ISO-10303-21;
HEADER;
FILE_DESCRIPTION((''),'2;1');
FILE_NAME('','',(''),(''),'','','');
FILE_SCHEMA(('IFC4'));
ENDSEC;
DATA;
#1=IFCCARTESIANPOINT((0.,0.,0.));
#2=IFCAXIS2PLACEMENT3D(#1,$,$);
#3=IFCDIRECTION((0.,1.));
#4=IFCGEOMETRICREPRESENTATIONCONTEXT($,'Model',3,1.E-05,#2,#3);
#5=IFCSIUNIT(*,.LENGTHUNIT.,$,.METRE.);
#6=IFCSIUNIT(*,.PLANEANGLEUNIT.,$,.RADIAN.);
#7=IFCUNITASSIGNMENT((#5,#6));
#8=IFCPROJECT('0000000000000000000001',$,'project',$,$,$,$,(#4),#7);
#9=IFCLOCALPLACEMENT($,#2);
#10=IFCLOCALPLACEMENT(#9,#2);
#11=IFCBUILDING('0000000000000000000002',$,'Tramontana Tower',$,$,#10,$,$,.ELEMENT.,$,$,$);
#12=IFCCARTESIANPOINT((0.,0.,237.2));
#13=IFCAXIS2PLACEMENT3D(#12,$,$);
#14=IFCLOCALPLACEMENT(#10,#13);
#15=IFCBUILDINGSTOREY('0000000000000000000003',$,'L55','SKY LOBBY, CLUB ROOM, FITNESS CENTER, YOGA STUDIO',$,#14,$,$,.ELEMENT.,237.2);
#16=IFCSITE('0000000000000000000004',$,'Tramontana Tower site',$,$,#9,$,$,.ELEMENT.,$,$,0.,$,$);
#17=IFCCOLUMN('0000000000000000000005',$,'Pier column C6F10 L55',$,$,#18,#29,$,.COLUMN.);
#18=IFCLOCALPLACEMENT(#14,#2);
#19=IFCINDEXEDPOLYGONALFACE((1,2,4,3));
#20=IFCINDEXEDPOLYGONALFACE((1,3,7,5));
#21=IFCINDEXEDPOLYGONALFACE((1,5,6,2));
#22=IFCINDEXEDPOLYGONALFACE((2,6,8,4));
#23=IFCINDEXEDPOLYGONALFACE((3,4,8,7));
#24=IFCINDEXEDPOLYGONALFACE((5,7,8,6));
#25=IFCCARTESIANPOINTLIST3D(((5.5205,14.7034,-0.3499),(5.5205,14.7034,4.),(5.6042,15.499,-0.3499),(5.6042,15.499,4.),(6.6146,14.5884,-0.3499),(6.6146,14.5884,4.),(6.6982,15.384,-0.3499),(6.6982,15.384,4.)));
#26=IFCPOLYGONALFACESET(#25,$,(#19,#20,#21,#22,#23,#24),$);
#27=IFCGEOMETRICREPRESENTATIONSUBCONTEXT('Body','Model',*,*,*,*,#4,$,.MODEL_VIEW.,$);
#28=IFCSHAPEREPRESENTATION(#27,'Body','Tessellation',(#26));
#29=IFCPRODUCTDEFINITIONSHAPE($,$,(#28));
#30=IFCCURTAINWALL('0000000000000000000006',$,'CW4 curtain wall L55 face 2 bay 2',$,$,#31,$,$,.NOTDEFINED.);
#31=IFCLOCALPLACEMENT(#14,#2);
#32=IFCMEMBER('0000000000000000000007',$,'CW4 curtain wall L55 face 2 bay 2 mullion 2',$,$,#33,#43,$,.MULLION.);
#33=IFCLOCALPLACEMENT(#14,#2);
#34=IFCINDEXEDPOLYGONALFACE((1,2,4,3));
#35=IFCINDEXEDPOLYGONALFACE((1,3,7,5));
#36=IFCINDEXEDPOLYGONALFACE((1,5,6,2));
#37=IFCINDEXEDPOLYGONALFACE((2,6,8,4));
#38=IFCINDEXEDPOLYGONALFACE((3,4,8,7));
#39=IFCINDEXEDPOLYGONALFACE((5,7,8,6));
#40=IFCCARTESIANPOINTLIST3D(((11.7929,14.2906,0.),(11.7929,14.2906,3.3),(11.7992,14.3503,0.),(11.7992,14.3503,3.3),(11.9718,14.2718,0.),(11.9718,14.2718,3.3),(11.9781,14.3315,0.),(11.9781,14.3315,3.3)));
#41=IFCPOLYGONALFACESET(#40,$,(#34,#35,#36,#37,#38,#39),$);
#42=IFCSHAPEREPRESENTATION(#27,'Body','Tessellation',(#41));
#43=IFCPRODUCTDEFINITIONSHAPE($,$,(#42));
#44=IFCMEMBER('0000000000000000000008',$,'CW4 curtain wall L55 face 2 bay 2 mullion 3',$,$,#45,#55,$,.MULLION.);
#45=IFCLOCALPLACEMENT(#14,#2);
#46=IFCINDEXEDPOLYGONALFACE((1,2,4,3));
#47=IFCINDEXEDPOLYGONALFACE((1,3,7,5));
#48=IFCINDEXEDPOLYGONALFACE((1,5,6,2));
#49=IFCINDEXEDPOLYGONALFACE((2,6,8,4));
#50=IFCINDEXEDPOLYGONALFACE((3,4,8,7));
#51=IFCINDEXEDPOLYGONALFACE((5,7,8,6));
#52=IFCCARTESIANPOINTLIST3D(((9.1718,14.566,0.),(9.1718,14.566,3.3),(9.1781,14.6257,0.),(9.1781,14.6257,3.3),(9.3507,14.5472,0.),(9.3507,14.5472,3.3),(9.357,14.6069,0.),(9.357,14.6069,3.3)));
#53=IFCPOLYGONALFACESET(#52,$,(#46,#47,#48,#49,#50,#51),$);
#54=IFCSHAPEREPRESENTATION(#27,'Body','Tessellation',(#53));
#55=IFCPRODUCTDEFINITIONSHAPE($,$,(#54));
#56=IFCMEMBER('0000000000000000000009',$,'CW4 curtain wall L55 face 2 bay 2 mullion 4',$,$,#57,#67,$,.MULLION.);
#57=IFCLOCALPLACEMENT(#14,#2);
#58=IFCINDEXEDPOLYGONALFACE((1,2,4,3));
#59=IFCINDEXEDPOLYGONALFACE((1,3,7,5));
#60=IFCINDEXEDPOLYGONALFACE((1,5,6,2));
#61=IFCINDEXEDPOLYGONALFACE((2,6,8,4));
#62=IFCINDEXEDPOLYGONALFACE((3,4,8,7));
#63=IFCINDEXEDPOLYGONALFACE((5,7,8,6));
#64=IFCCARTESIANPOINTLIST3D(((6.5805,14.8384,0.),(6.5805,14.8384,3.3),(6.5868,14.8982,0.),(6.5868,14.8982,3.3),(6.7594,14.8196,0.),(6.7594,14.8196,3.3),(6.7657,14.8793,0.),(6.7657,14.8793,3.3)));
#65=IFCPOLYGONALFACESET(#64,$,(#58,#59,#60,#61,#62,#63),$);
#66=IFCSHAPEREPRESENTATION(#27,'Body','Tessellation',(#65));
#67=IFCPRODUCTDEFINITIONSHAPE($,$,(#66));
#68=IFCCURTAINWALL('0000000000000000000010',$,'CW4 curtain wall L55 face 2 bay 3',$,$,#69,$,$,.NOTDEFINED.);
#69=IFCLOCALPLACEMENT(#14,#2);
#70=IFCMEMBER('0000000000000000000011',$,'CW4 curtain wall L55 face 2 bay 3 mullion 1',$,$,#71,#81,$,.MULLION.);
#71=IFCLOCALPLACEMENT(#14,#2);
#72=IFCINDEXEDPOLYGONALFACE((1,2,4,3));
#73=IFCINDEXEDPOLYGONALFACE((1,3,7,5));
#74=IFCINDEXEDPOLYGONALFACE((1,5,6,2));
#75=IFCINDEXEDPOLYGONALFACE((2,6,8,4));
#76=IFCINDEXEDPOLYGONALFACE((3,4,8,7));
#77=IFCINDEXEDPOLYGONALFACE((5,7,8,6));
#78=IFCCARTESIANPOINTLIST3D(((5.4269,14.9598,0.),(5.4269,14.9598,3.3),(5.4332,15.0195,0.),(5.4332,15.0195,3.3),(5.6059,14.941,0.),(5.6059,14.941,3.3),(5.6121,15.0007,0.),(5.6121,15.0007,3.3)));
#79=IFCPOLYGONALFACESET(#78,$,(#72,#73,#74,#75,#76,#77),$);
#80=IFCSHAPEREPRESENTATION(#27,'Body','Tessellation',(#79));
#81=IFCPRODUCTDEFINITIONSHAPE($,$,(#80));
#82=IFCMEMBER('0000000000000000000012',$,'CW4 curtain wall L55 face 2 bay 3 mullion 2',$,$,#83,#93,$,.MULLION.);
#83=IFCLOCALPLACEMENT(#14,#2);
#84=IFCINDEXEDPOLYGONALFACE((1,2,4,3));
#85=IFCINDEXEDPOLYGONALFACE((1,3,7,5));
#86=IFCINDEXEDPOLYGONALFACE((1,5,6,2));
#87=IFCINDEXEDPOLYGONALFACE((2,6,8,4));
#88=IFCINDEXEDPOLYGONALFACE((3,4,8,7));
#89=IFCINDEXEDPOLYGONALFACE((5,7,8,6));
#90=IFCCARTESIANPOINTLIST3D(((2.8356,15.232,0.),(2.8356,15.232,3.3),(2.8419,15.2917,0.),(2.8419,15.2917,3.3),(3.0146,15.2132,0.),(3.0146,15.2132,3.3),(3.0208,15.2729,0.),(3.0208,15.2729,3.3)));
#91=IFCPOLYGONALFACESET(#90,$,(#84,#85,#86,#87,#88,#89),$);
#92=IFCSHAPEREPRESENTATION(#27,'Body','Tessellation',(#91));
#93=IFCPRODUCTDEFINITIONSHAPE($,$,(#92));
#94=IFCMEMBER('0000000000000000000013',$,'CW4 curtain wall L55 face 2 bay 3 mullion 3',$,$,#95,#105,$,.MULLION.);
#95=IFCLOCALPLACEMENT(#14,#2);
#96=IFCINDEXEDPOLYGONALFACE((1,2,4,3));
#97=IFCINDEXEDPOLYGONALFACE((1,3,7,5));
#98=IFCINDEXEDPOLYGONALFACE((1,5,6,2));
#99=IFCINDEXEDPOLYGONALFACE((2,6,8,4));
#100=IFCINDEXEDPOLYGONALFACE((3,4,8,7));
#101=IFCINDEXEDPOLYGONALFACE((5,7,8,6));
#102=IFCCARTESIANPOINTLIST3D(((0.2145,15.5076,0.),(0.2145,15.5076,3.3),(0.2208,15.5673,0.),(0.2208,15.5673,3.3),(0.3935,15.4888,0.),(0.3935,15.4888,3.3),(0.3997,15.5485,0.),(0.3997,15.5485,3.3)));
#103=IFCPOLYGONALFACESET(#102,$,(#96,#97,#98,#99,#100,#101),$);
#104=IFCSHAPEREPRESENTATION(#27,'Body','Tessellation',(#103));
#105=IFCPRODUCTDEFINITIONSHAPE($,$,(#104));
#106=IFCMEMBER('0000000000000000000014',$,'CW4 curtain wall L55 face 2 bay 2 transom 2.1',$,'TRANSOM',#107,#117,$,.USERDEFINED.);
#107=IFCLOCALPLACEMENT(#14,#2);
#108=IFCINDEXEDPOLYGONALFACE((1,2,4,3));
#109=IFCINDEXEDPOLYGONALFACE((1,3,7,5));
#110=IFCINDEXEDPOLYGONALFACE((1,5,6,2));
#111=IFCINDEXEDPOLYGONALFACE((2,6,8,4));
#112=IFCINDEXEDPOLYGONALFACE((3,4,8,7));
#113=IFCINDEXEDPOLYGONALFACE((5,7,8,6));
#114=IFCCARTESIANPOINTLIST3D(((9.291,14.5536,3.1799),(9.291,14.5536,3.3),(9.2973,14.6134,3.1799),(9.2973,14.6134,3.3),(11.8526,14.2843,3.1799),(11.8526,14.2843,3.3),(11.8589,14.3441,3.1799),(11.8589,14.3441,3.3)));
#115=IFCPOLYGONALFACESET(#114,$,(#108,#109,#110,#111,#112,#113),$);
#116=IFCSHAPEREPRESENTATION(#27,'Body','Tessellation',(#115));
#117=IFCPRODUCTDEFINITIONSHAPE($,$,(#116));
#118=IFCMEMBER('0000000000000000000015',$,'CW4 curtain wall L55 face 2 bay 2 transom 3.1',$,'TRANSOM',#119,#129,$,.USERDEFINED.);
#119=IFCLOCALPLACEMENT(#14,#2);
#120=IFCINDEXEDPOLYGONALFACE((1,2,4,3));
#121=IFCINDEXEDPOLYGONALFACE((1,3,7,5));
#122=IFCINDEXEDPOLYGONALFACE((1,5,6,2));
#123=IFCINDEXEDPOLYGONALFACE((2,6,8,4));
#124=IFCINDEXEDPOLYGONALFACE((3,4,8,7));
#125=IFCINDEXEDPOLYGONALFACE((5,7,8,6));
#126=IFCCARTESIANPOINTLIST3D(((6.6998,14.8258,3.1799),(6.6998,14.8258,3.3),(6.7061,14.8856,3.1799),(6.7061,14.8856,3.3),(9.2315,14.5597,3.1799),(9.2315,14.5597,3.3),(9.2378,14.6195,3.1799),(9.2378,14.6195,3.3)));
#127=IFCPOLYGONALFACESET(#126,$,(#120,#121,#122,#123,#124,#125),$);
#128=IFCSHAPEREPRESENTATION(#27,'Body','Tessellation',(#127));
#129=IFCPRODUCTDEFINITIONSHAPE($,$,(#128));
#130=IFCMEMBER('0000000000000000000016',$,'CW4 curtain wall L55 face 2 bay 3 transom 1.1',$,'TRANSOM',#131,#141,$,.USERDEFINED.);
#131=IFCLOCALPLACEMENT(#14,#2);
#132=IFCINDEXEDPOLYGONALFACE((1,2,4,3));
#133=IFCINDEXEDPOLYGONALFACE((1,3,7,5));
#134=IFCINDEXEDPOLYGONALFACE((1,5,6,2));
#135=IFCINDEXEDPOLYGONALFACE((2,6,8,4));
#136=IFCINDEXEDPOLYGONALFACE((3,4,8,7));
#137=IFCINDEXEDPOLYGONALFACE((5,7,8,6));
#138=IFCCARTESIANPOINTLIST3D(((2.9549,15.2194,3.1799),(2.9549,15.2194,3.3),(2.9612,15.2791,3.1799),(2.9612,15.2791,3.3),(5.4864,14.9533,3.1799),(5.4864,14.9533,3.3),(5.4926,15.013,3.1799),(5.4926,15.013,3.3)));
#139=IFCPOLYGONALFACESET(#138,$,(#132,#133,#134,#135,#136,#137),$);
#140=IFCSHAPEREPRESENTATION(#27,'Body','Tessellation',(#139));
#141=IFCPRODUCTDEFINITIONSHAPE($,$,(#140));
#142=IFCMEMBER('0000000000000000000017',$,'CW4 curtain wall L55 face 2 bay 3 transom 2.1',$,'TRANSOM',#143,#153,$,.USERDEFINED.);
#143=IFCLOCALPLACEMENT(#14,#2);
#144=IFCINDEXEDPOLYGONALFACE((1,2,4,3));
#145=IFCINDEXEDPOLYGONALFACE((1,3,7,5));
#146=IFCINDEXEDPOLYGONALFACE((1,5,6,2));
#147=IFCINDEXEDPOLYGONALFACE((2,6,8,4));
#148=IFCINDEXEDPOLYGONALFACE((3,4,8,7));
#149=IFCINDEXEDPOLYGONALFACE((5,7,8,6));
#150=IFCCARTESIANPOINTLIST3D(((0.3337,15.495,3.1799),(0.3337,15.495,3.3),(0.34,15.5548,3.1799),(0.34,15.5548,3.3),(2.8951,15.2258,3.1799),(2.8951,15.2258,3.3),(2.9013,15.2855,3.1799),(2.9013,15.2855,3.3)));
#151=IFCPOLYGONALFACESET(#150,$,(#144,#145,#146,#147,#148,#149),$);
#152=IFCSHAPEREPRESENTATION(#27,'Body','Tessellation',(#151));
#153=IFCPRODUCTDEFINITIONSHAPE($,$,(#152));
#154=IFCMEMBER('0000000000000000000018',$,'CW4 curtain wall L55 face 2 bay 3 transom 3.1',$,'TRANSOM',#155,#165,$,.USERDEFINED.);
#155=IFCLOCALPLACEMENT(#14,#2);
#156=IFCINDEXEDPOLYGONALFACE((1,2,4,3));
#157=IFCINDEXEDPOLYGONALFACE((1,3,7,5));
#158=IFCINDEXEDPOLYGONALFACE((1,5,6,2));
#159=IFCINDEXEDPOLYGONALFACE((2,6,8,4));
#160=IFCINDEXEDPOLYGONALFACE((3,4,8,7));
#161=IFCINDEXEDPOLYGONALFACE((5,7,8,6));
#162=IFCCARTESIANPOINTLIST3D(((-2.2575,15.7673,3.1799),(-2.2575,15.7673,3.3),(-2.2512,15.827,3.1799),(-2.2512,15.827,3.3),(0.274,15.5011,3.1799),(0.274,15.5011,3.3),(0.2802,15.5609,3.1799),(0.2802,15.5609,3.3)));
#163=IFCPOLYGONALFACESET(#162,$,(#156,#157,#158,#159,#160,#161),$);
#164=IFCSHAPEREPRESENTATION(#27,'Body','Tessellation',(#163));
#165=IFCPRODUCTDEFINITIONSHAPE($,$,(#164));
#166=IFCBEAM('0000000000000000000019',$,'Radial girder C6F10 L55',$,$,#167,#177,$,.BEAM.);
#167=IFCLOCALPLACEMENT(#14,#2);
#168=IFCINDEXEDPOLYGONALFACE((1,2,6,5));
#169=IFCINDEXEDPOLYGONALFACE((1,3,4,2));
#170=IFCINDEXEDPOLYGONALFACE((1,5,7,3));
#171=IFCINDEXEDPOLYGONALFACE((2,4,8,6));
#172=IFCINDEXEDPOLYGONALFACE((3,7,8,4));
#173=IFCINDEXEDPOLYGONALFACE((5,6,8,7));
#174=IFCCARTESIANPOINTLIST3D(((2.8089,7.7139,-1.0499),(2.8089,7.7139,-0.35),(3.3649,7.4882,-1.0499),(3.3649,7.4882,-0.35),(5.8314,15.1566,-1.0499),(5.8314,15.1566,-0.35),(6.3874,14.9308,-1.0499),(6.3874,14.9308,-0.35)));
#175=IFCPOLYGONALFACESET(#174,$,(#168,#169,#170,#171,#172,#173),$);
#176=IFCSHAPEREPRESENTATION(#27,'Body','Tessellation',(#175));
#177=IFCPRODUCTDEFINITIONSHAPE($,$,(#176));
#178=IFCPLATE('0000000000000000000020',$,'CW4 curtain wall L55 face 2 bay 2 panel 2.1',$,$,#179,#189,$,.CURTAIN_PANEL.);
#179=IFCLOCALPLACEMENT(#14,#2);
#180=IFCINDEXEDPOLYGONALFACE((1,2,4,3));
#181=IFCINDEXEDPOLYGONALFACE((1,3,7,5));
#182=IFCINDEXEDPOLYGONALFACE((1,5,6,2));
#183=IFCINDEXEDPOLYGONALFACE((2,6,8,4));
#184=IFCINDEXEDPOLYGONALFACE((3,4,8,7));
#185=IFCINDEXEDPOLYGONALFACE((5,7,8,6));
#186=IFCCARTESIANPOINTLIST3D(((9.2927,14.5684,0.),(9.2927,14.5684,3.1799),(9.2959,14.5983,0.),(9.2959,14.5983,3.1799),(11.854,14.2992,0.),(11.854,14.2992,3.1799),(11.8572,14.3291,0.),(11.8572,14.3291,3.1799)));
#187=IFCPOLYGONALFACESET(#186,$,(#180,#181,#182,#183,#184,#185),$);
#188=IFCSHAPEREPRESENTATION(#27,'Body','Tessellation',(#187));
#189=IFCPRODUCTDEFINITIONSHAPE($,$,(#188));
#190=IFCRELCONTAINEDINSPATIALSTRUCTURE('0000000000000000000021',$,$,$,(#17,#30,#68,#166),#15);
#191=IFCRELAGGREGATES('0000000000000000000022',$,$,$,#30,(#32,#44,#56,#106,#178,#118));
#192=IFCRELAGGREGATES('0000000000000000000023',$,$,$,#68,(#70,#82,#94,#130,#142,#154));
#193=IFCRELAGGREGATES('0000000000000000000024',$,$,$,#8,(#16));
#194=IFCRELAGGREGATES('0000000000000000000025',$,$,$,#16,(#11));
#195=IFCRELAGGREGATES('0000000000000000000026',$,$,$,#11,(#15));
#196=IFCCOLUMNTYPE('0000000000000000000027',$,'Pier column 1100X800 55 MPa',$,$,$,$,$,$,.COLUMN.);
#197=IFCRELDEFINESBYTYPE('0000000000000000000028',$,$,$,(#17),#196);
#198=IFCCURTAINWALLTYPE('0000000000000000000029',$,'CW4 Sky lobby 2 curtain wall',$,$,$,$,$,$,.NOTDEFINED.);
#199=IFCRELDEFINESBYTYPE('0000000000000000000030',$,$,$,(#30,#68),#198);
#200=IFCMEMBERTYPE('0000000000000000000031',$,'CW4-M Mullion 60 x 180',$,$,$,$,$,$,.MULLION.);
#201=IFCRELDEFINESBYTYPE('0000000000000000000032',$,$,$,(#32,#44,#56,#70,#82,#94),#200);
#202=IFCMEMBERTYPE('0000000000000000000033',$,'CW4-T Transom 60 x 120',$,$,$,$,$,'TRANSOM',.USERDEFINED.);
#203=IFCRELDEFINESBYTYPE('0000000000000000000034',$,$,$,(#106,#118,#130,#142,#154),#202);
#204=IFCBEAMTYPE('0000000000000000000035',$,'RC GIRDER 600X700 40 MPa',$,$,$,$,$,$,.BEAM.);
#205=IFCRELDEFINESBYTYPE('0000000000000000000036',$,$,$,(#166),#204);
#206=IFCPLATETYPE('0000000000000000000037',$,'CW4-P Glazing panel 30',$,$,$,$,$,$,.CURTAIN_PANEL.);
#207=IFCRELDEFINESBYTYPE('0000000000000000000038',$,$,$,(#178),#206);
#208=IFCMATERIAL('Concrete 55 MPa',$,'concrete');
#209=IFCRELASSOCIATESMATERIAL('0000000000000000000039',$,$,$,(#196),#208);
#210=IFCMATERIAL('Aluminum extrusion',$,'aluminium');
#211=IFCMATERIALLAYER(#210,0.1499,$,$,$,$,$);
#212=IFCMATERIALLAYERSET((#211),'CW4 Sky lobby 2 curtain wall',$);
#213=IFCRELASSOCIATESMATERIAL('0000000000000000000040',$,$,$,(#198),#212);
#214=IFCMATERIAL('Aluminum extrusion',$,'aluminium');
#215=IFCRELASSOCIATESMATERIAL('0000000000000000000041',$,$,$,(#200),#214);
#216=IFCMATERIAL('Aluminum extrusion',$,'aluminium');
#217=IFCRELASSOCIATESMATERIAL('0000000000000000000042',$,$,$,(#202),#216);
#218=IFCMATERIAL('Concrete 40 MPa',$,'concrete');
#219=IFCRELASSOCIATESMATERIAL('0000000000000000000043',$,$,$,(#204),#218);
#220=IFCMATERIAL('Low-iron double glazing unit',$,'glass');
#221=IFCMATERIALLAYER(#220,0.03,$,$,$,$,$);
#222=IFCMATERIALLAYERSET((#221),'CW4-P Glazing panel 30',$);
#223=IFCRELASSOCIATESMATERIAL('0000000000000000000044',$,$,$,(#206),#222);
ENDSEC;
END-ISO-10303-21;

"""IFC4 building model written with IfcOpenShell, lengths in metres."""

from ifc_helpers import new_model, si_unit, direction, frame, origin, origin_2d, place, context, subcontext, project, spatial, rectangle, extrude, material, layer, layer_set, material_profile, profile_set, type_object, element, aggregate, save


model = new_model("IFC4")

# Units and contexts
model_context = context("Model", 3, precision=1e-05, world=origin(), true_north=direction((0.0, 1.0)))
body_context = subcontext(model_context, "Body", "Model", "MODEL_VIEW")
ifc_project = project(units=[si_unit("LENGTHUNIT", "METRE"), si_unit("PLANEANGLEUNIT", "RADIAN")], contexts=[model_context])

# Site, building, storey
site_placement = place(None, origin())
site = spatial("IfcSite", under=ifc_project, at=site_placement, Name="Tramontana Tower site", CompositionType="ELEMENT", RefElevation=0.0)
building_placement = place(site_placement, origin())
building = spatial("IfcBuilding", under=site, at=building_placement, Name="Tramontana Tower", CompositionType="ELEMENT")
storey_placement = place(building_placement, frame((0.0, 0.0, 237.2)))
storey = spatial("IfcBuildingStorey", under=building, at=storey_placement, Name="L55", Description="SKY LOBBY, CLUB ROOM, FITNESS CENTER, YOGA STUDIO", CompositionType="ELEMENT", Elevation=237.2)

# Column
ifc_material_1 = material(Name="Concrete 55 MPa", Category="concrete")
ifc_material_profile_1 = material_profile(ifc_material_1, rectangle(XDim=1.1001, YDim=0.8, at=origin_2d()), Name="Pier column 1100X800 55 MPa")
ifc_profile_set_1 = profile_set([ifc_material_profile_1], Name="Concrete 55 MPa")
column_type = type_object("IfcColumnType", Name="Pier column 1100X800 55 MPa", PredefinedType="COLUMN", material=ifc_profile_set_1)
column_placement = place(storey_placement, frame((6.1094, 15.0437, -0.3499), z_axis=(0.0, 0.0, 1.0), x_axis=(-0.994522, 0.104528, 0.0)))
element("IfcColumn", 1, at=column_placement, inside=storey, type_object=column_type, Name="Pier column C6F10 L55", PredefinedType="COLUMN", context=body_context, shape_type="SweptSolid", body=[
    extrude(rectangle(XDim=1.1001, YDim=0.8, at=origin_2d()), origin(), (0.0, 0.0, 1.0), 4.3499),
])

# Curtain walls, members
ifc_material_2 = material(Name="Aluminum extrusion", Category="aluminium")
ifc_layer_1 = layer(ifc_material_2, 0.1499)
ifc_layer_set_1 = layer_set([ifc_layer_1], Name="CW4 Sky lobby 2 curtain wall")
curtain_wall_type = type_object("IfcCurtainWallType", Name="CW4 Sky lobby 2 curtain wall", PredefinedType="NOTDEFINED", material=ifc_layer_set_1)
curtain_wall_1_placement = place(storey_placement, origin())
curtain_wall_1 = element("IfcCurtainWall", 2, at=curtain_wall_1_placement, inside=storey, type_object=curtain_wall_type, Name="CW4 curtain wall L55 face 2 bay 2", PredefinedType="NOTDEFINED")
ifc_material_3 = material(Name="Aluminum extrusion", Category="aluminium")
ifc_material_profile_2 = material_profile(ifc_material_3, rectangle(XDim=0.0601, YDim=0.1799, at=origin_2d()), Name="CW4-M Mullion 60 x 180")
ifc_profile_set_2 = profile_set([ifc_material_profile_2], Name="Aluminum extrusion")
member_type_1 = type_object("IfcMemberType", Name="CW4-M Mullion 60 x 180", PredefinedType="MULLION", material=ifc_profile_set_2)
member_1_placement = place(storey_placement, frame((11.8855, 14.311, 0.0), z_axis=(0.0, 0.0, 1.0), x_axis=(-0.104528, -0.994522, 0.0)))
member_1 = element("IfcMember", 3, at=member_1_placement, type_object=member_type_1, Name="CW4 curtain wall L55 face 2 bay 2 mullion 2", PredefinedType="MULLION", context=body_context, shape_type="SweptSolid", body=[
    extrude(rectangle(XDim=0.0601, YDim=0.1799, at=origin_2d()), origin(), (0.0, 0.0, 1.0), 3.3),
])
member_2_placement = place(storey_placement, frame((9.2644, 14.5864, 0.0), z_axis=(0.0, 0.0, 1.0), x_axis=(-0.104528, -0.994522, 0.0)))
member_2 = element("IfcMember", 4, at=member_2_placement, type_object=member_type_1, Name="CW4 curtain wall L55 face 2 bay 2 mullion 3", PredefinedType="MULLION", context=body_context, shape_type="SweptSolid", body=[
    extrude(rectangle(XDim=0.0601, YDim=0.1799, at=origin_2d()), origin(), (0.0, 0.0, 1.0), 3.3),
])
member_3_placement = place(storey_placement, frame((6.6731, 14.8589, 0.0), z_axis=(0.0, 0.0, 1.0), x_axis=(-0.104528, -0.994522, 0.0)))
member_3 = element("IfcMember", 5, at=member_3_placement, type_object=member_type_1, Name="CW4 curtain wall L55 face 2 bay 2 mullion 4", PredefinedType="MULLION", context=body_context, shape_type="SweptSolid", body=[
    extrude(rectangle(XDim=0.0601, YDim=0.1799, at=origin_2d()), origin(), (0.0, 0.0, 1.0), 3.3),
])
curtain_wall_2_placement = place(storey_placement, origin())
curtain_wall_2 = element("IfcCurtainWall", 6, at=curtain_wall_2_placement, inside=storey, type_object=curtain_wall_type, Name="CW4 curtain wall L55 face 2 bay 3", PredefinedType="NOTDEFINED")
member_4_placement = place(storey_placement, frame((5.5195, 14.9802, 0.0), z_axis=(0.0, 0.0, 1.0), x_axis=(-0.104528, -0.994522, 0.0)))
member_4 = element("IfcMember", 7, at=member_4_placement, type_object=member_type_1, Name="CW4 curtain wall L55 face 2 bay 3 mullion 1", PredefinedType="MULLION", context=body_context, shape_type="SweptSolid", body=[
    extrude(rectangle(XDim=0.0601, YDim=0.1799, at=origin_2d()), origin(), (0.0, 0.0, 1.0), 3.3),
])
member_5_placement = place(storey_placement, frame((2.9282, 15.2524, 0.0), z_axis=(0.0, 0.0, 1.0), x_axis=(-0.104528, -0.994522, 0.0)))
member_5 = element("IfcMember", 8, at=member_5_placement, type_object=member_type_1, Name="CW4 curtain wall L55 face 2 bay 3 mullion 2", PredefinedType="MULLION", context=body_context, shape_type="SweptSolid", body=[
    extrude(rectangle(XDim=0.0601, YDim=0.1799, at=origin_2d()), origin(), (0.0, 0.0, 1.0), 3.3),
])
member_6_placement = place(storey_placement, frame((0.3071, 15.5281, 0.0), z_axis=(0.0, 0.0, 1.0), x_axis=(-0.104528, -0.994522, 0.0)))
member_6 = element("IfcMember", 9, at=member_6_placement, type_object=member_type_1, Name="CW4 curtain wall L55 face 2 bay 3 mullion 3", PredefinedType="MULLION", context=body_context, shape_type="SweptSolid", body=[
    extrude(rectangle(XDim=0.0601, YDim=0.1799, at=origin_2d()), origin(), (0.0, 0.0, 1.0), 3.3),
])

# Members
ifc_material_4 = material(Name="Aluminum extrusion", Category="aluminium")
ifc_material_profile_3 = material_profile(ifc_material_4, rectangle(XDim=0.0601, YDim=0.1201, at=origin_2d()), Name="CW4-T Transom 60 x 120")
ifc_profile_set_3 = profile_set([ifc_material_profile_3], Name="Aluminum extrusion")
member_type_2 = type_object("IfcMemberType", Name="CW4-T Transom 60 x 120", ElementType="TRANSOM", PredefinedType="USERDEFINED", material=ifc_profile_set_3)
member_7_placement = place(storey_placement, frame((11.8557, 14.3142, 3.24), z_axis=(-0.994519, 0.104552, 0.0), x_axis=(-0.104552, -0.994519, 0.0)))
member_7 = element("IfcMember", 10, at=member_7_placement, type_object=member_type_2, Name="CW4 curtain wall L55 face 2 bay 2 transom 2.1", ObjectType="TRANSOM", PredefinedType="USERDEFINED", context=body_context, shape_type="SweptSolid", body=[
    extrude(rectangle(XDim=0.0601, YDim=0.1201, at=origin_2d()), origin(), (0.0, 0.0, 1.0), 2.5757),
])
member_8_placement = place(storey_placement, frame((9.2346, 14.5896, 3.24), z_axis=(-0.994521, 0.104535, 0.0), x_axis=(-0.104535, -0.994521, 0.0)))
member_8 = element("IfcMember", 11, at=member_8_placement, type_object=member_type_2, Name="CW4 curtain wall L55 face 2 bay 2 transom 3.1", ObjectType="TRANSOM", PredefinedType="USERDEFINED", context=body_context, shape_type="SweptSolid", body=[
    extrude(rectangle(XDim=0.0601, YDim=0.1201, at=origin_2d()), origin(), (0.0, 0.0, 1.0), 2.5457),
])
member_9_placement = place(storey_placement, frame((5.4895, 14.9832, 3.24), z_axis=(-0.99452, 0.104545, 0.0), x_axis=(-0.104545, -0.99452, 0.0)))
member_9 = element("IfcMember", 12, at=member_9_placement, type_object=member_type_2, Name="CW4 curtain wall L55 face 2 bay 3 transom 1.1", ObjectType="TRANSOM", PredefinedType="USERDEFINED", context=body_context, shape_type="SweptSolid", body=[
    extrude(rectangle(XDim=0.0601, YDim=0.1201, at=origin_2d()), origin(), (0.0, 0.0, 1.0), 2.5454),
])
member_10_placement = place(storey_placement, frame((2.8982, 15.2556, 3.24), z_axis=(-0.994518, 0.104561, 0.0), x_axis=(-0.104561, -0.994518, 0.0)))
member_10 = element("IfcMember", 13, at=member_10_placement, type_object=member_type_2, Name="CW4 curtain wall L55 face 2 bay 3 transom 2.1", ObjectType="TRANSOM", PredefinedType="USERDEFINED", context=body_context, shape_type="SweptSolid", body=[
    extrude(rectangle(XDim=0.0601, YDim=0.1201, at=origin_2d()), origin(), (0.0, 0.0, 1.0), 2.5754),
])
member_11_placement = place(storey_placement, frame((0.2771, 15.531, 3.24), z_axis=(-0.99452, 0.104545, 0.0), x_axis=(-0.104545, -0.99452, 0.0)))
member_11 = element("IfcMember", 14, at=member_11_placement, type_object=member_type_2, Name="CW4 curtain wall L55 face 2 bay 3 transom 3.1", ObjectType="TRANSOM", PredefinedType="USERDEFINED", context=body_context, shape_type="SweptSolid", body=[
    extrude(rectangle(XDim=0.0601, YDim=0.1201, at=origin_2d()), origin(), (0.0, 0.0, 1.0), 2.5454),
])

# Beam
ifc_material_5 = material(Name="Concrete 40 MPa", Category="concrete")
ifc_material_profile_4 = material_profile(ifc_material_5, rectangle(XDim=0.6001, YDim=0.7, at=origin_2d()), Name="RC GIRDER 600X700 40 MPa")
ifc_profile_set_4 = profile_set([ifc_material_profile_4], Name="Concrete 40 MPa")
beam_type = type_object("IfcBeamType", Name="RC GIRDER 600X700 40 MPa", PredefinedType="BEAM", material=ifc_profile_set_4)
beam_placement = place(storey_placement, frame((6.1094, 15.0437, -0.7), z_axis=(-0.376259, -0.926515, 0.0), x_axis=(0.926515, -0.376259, 0.0)))
element("IfcBeam", 15, at=beam_placement, inside=storey, type_object=beam_type, Name="Radial girder C6F10 L55", PredefinedType="BEAM", context=body_context, shape_type="SweptSolid", body=[
    extrude(rectangle(XDim=0.6001, YDim=0.7, at=origin_2d()), origin(), (0.0, 0.0, 1.0), 8.033),
])

# Plate
ifc_material_6 = material(Name="Low-iron double glazing unit", Category="glass")
ifc_layer_2 = layer(ifc_material_6, 0.03)
ifc_layer_set_2 = layer_set([ifc_layer_2], Name="CW4-P Glazing panel 30")
plate_type = type_object("IfcPlateType", Name="CW4-P Glazing panel 30", PredefinedType="CURTAIN_PANEL", material=ifc_layer_set_2)
plate_1_placement = place(storey_placement, frame((10.575, 14.4487, 0.0), z_axis=(0.0, 0.0, 1.0), x_axis=(-0.994522, 0.104528, 0.0)))
plate_1 = element("IfcPlate", 16, at=plate_1_placement, type_object=plate_type, Name="CW4 curtain wall L55 face 2 bay 2 panel 2.1", PredefinedType="CURTAIN_PANEL", context=body_context, shape_type="SweptSolid", body=[
    extrude(rectangle(XDim=2.5754, YDim=0.03, at=origin_2d()), origin(), (0.0, 0.0, 1.0), 3.1799),
])
aggregate(curtain_wall_1, [member_1, member_2, member_3, member_7, plate_1, member_8])
aggregate(curtain_wall_2, [member_4, member_5, member_6, member_9, member_10, member_11])

save(model, "model.ifc")
